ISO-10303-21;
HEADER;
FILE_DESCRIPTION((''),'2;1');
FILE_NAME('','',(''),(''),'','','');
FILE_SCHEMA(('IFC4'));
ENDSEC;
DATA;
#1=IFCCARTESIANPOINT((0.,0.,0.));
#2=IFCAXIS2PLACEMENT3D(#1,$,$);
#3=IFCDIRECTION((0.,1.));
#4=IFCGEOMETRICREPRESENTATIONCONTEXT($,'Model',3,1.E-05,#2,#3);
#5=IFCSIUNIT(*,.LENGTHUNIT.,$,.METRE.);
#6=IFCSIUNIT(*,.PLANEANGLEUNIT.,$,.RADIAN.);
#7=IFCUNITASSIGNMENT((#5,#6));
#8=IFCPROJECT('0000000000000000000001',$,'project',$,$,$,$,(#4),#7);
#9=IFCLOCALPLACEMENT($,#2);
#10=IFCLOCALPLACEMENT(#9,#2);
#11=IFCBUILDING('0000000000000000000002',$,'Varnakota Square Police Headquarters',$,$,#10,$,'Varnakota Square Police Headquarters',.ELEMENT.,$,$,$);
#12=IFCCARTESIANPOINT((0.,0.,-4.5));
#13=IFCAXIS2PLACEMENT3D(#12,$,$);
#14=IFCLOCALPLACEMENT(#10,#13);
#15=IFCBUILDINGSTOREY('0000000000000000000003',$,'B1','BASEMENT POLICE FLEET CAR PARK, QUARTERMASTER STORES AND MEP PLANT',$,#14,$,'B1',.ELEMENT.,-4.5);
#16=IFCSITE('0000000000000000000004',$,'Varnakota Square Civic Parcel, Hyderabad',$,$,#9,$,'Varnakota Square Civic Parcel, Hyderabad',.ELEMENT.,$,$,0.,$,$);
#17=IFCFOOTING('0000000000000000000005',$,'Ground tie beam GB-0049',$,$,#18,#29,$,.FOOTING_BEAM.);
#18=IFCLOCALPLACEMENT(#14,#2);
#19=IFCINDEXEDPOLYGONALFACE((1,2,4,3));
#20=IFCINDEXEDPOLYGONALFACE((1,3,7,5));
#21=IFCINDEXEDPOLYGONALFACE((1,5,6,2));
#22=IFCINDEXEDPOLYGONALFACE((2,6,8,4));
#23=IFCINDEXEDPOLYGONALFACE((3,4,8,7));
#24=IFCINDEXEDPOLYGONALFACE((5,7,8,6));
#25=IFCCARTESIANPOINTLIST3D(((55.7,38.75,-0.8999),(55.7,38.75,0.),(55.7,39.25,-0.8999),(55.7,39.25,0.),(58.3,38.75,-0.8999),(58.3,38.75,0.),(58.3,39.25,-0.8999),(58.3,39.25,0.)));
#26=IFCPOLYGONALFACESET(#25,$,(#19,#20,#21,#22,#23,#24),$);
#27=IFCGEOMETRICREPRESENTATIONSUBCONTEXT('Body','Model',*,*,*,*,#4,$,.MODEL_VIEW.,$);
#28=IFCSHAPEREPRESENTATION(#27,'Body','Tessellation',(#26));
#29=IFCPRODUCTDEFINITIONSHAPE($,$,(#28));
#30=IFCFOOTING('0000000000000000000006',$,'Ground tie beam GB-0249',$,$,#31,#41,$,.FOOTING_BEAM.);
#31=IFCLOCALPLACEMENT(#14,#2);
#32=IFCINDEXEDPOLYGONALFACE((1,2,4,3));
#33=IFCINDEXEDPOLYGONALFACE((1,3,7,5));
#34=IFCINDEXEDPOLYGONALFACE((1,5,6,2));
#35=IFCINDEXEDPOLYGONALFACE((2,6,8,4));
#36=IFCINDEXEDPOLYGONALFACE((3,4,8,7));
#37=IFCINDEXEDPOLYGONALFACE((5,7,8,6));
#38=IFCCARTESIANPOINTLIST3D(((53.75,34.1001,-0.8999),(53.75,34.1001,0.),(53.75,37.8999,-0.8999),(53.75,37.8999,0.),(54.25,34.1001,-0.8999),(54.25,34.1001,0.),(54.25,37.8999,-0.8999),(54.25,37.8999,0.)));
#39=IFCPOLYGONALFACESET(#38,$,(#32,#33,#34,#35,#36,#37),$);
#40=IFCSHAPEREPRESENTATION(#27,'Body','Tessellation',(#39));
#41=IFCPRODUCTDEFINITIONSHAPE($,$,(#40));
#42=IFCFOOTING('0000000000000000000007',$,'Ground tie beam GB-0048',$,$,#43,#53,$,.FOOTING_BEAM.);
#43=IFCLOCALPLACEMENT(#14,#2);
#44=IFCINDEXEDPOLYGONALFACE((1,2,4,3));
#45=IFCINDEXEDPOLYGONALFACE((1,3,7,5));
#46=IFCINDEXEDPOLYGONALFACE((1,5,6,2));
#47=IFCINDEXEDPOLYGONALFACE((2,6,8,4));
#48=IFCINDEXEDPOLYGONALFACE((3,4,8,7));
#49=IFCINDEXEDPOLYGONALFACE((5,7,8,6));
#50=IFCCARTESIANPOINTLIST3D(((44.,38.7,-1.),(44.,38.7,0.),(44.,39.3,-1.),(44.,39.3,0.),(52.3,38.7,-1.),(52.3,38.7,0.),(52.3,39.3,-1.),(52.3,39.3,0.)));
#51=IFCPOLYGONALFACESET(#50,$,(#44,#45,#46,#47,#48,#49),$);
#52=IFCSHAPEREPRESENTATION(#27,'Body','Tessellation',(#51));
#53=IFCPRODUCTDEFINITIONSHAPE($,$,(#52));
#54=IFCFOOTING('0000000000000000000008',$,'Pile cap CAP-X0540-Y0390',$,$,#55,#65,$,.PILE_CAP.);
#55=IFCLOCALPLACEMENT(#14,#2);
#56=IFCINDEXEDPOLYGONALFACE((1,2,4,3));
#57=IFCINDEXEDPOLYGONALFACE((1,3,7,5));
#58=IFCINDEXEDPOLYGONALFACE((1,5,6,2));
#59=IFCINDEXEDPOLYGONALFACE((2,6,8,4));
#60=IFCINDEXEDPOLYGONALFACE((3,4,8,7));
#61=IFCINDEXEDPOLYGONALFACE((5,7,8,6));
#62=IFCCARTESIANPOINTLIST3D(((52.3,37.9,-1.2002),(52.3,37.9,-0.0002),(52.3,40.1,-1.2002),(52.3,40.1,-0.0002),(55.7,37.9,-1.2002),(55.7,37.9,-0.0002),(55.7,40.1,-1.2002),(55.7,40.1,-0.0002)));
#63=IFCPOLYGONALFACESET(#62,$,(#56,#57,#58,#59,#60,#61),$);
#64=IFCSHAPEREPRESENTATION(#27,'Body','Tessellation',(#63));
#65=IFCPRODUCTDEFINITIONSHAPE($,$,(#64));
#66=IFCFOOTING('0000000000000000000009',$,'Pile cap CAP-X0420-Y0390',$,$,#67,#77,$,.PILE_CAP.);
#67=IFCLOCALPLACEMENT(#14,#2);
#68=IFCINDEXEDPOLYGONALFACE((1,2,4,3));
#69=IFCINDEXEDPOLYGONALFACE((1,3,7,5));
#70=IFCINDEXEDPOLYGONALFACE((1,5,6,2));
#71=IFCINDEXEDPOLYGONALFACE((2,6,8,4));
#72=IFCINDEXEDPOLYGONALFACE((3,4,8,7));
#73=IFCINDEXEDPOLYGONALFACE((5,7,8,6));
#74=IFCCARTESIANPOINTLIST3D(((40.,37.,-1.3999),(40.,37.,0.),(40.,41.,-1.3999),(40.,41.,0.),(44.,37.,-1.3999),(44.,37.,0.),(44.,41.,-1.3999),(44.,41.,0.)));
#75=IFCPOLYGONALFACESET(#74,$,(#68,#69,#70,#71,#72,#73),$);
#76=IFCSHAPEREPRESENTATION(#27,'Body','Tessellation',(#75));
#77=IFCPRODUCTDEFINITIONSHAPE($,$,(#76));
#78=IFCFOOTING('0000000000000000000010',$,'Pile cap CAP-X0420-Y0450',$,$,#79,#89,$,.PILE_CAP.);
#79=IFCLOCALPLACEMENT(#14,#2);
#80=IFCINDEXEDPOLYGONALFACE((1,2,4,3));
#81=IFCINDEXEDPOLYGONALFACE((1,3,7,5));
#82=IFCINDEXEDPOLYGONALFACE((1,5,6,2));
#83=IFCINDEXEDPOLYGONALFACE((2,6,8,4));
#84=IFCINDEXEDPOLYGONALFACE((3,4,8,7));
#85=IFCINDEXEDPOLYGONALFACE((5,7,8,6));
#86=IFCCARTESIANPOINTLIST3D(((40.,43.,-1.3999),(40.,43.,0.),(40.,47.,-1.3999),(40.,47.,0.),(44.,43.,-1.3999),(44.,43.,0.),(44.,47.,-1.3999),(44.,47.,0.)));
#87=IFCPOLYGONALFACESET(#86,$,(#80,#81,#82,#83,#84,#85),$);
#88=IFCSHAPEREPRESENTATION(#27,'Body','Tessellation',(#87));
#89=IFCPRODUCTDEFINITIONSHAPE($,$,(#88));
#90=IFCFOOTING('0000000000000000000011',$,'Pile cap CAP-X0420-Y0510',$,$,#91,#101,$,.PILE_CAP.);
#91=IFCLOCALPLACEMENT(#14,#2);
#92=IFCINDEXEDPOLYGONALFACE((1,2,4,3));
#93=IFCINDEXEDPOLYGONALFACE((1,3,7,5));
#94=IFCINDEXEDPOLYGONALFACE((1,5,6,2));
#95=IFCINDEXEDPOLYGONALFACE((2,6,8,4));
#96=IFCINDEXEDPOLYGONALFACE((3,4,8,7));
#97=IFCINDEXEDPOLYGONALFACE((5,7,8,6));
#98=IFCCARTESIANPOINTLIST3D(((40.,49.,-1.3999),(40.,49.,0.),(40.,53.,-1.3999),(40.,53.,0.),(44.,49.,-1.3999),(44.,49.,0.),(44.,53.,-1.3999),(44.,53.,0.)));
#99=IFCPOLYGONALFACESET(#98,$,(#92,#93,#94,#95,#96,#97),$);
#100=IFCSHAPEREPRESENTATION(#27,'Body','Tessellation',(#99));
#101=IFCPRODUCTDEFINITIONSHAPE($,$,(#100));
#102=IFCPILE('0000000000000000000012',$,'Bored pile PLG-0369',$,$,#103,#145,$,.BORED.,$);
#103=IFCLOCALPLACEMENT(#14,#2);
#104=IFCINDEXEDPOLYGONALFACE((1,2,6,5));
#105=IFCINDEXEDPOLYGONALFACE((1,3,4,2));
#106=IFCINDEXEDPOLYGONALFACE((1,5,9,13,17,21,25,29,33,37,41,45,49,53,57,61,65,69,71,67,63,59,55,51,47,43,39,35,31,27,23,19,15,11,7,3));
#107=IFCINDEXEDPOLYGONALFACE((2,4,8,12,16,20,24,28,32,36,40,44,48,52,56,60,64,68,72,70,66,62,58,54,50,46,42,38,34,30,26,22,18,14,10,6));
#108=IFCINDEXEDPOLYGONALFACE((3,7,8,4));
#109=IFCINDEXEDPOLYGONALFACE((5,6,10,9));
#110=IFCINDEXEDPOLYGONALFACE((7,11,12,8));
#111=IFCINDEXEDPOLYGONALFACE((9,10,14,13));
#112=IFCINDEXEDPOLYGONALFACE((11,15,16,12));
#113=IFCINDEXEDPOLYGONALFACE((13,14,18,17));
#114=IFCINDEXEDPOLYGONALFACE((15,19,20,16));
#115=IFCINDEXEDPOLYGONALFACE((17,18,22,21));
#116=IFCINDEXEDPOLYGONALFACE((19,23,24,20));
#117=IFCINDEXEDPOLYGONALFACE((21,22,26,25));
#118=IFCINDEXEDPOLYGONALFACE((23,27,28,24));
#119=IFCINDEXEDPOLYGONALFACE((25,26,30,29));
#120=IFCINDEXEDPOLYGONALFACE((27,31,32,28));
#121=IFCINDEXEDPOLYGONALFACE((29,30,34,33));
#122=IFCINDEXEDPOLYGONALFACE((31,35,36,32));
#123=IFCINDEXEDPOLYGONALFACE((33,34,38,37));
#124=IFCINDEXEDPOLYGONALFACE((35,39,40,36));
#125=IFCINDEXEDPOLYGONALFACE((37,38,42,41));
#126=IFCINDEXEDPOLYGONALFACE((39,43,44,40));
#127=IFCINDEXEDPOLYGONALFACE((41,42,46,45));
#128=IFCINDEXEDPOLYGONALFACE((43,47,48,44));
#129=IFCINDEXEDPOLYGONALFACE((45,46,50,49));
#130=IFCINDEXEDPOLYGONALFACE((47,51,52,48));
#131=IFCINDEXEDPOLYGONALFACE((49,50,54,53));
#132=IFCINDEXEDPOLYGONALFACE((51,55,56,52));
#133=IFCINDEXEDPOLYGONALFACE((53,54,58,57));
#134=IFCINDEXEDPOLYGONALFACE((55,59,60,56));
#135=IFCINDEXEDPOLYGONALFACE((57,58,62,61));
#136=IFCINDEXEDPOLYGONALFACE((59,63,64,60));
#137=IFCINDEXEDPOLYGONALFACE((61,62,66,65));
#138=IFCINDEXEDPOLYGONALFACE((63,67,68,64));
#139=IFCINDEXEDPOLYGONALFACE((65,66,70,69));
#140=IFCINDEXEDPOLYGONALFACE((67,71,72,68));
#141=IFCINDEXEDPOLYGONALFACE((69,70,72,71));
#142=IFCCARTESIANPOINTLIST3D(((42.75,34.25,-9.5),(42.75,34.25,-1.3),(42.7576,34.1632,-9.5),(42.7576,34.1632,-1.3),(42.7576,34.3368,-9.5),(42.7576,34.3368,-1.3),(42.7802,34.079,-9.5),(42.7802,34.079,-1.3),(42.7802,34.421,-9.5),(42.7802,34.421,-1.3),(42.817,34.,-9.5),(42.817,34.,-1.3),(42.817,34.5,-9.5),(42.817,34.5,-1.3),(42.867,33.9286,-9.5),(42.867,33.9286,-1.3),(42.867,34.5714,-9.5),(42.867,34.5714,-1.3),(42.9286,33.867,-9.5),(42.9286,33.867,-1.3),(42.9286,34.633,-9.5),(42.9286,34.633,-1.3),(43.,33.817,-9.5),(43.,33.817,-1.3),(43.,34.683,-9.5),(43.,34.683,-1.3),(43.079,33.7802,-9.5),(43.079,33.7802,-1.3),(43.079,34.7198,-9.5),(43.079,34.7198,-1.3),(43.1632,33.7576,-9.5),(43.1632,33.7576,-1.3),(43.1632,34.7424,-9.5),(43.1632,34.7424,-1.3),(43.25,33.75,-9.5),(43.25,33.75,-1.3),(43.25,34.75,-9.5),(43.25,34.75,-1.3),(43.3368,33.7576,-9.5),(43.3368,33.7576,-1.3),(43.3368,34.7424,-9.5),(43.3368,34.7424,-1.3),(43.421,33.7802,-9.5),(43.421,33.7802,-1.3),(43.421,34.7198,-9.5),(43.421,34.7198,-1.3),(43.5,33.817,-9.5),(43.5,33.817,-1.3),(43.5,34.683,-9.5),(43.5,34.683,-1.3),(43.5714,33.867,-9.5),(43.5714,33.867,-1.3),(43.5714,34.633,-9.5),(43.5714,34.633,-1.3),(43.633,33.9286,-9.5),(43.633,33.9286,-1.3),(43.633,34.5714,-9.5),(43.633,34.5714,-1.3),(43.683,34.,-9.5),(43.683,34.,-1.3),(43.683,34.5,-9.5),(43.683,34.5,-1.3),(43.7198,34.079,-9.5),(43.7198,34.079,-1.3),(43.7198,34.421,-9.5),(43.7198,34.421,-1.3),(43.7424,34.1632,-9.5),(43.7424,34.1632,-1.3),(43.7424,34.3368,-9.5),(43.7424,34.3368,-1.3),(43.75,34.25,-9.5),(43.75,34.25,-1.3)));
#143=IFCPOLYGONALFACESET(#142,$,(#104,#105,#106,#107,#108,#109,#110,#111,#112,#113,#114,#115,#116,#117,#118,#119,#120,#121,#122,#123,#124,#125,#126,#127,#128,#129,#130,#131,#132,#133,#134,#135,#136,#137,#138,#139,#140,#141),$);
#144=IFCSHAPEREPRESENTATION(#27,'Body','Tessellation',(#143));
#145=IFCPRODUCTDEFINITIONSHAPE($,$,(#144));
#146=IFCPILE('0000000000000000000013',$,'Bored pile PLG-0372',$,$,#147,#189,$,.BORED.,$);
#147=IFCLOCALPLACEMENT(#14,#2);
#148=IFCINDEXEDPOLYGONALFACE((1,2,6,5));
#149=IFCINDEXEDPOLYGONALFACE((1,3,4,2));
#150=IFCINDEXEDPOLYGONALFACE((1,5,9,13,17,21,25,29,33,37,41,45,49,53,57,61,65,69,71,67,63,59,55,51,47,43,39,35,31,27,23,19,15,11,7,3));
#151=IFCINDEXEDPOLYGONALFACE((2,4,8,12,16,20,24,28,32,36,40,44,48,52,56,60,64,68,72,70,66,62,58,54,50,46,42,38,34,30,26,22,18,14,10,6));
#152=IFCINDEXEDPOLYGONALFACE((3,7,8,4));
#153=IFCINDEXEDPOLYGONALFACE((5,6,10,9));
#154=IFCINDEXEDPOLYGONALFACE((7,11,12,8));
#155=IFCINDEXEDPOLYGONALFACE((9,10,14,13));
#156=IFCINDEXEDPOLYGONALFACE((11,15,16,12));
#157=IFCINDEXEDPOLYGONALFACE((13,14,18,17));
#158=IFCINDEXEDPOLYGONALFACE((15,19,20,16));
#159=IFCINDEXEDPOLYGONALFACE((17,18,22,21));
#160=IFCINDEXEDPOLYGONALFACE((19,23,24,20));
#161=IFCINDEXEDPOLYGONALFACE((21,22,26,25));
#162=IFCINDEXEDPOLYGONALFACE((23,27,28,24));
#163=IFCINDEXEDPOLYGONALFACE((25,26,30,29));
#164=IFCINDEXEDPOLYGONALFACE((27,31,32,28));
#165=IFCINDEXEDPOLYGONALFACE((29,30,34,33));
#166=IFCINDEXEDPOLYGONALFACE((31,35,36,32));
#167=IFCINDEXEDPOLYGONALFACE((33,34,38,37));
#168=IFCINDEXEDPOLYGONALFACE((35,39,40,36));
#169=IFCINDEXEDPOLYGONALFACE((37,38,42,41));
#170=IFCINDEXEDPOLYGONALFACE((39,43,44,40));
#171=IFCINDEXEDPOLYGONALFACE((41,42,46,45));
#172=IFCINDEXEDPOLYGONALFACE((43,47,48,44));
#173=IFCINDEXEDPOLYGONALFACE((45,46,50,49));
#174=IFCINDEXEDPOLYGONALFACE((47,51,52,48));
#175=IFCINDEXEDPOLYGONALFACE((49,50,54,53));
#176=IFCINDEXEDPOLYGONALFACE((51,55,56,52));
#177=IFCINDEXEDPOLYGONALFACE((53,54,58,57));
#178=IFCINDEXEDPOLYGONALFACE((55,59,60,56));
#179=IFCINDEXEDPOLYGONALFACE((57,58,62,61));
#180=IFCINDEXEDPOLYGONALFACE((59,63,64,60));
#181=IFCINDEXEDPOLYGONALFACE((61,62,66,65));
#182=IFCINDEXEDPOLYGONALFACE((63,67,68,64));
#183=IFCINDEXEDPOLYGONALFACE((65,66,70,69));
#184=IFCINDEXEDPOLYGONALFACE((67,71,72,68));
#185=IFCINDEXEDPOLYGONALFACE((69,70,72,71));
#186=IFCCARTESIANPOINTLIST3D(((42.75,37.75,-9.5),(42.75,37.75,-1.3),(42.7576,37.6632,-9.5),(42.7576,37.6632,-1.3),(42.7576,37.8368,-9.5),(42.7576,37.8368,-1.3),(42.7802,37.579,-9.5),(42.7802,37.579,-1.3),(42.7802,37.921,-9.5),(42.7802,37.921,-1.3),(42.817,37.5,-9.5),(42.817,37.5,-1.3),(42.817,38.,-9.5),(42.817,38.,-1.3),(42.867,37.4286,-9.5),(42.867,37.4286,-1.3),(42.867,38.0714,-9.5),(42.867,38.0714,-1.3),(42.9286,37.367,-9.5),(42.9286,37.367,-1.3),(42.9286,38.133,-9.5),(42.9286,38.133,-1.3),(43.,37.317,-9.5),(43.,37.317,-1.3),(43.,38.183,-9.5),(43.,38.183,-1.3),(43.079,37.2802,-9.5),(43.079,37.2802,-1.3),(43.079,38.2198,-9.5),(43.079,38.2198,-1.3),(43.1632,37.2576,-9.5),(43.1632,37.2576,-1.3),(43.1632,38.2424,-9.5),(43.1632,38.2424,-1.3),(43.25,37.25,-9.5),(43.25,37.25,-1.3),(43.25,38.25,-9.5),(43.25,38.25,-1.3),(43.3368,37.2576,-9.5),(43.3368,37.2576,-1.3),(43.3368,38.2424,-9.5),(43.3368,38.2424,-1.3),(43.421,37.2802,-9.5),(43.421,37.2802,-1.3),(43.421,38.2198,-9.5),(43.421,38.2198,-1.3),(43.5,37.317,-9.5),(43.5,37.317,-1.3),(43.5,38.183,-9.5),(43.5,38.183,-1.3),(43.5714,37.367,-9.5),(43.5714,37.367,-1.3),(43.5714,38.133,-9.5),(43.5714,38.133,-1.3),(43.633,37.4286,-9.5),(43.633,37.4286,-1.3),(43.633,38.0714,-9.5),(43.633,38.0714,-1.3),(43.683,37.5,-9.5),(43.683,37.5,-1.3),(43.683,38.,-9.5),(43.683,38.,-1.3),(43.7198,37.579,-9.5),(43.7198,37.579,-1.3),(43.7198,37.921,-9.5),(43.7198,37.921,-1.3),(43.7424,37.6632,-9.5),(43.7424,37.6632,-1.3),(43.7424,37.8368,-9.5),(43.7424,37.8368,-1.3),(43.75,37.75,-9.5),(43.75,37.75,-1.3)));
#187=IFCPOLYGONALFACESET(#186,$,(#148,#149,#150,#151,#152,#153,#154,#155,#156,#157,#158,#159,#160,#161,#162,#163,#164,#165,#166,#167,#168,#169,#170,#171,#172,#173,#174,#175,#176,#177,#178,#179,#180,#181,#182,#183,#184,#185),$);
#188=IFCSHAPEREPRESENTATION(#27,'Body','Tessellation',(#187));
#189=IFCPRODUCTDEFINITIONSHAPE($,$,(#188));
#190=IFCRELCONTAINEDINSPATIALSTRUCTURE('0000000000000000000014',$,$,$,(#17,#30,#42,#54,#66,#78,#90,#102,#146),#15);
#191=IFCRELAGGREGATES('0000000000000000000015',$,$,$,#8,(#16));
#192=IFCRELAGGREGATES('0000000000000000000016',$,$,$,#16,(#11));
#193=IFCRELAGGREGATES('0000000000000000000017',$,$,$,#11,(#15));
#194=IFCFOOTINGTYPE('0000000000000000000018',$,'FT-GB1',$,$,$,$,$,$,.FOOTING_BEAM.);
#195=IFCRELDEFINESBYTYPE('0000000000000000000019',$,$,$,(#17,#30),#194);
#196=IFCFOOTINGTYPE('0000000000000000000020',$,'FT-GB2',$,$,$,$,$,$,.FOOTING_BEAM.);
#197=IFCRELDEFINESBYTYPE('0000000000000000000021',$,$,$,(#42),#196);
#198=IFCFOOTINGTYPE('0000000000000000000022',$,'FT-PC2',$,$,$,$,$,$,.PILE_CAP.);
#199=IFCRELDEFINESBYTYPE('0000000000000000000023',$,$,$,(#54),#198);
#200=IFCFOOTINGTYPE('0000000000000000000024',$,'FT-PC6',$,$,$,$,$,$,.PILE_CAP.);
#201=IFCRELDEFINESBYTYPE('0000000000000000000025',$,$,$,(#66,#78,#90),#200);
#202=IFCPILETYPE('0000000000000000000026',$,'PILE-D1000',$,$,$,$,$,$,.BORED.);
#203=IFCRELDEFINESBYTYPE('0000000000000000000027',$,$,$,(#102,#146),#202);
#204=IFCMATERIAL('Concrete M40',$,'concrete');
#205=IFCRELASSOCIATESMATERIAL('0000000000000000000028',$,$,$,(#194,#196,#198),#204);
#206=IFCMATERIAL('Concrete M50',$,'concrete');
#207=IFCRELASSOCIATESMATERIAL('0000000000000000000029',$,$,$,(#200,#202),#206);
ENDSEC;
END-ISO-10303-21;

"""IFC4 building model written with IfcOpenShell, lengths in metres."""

from ifc_helpers import new_model, si_unit, direction, frame, origin, origin_2d, place, context, subcontext, project, spatial, rectangle, circle, extrude, material, material_profile, profile_set, type_object, element, save


model = new_model("IFC4")

# Units and contexts
model_context = context("Model", 3, precision=1e-05, world=origin(), true_north=direction((0.0, 1.0)))
body_context = subcontext(model_context, "Body", "Model", "MODEL_VIEW")
ifc_project = project(units=[si_unit("LENGTHUNIT", "METRE"), si_unit("PLANEANGLEUNIT", "RADIAN")], contexts=[model_context])

# Site, building, storey
site_placement = place(None, origin())
site = spatial("IfcSite", under=ifc_project, at=site_placement, Name="Varnakota Square Civic Parcel, Hyderabad", LongName="Varnakota Square Civic Parcel, Hyderabad", CompositionType="ELEMENT", RefElevation=0.0)
building_placement = place(site_placement, origin())
building = spatial("IfcBuilding", under=site, at=building_placement, Name="Varnakota Square Police Headquarters", LongName="Varnakota Square Police Headquarters", CompositionType="ELEMENT")
storey_placement = place(building_placement, frame((0.0, 0.0, -4.5)))
storey = spatial("IfcBuildingStorey", under=building, at=storey_placement, Name="B1", Description="BASEMENT POLICE FLEET CAR PARK, QUARTERMASTER STORES AND MEP PLANT", LongName="B1", CompositionType="ELEMENT", Elevation=-4.5)

# Footings
ifc_material_1 = material(Name="Concrete M40", Category="concrete")
ifc_material_profile_1 = material_profile(ifc_material_1, rectangle(XDim=0.5, YDim=0.8999, at=origin_2d()), Name="GB 500x900")
ifc_profile_set_1 = profile_set([ifc_material_profile_1], Name="Concrete M40")
footing_type_1 = type_object("IfcFootingType", Name="FT-GB1", PredefinedType="FOOTING_BEAM", material=ifc_profile_set_1)
footing_1_placement = place(storey_placement, frame((55.7, 39.0, -0.45), z_axis=(1.0, 0.0, 0.0), x_axis=(0.0, 1.0, 0.0)))
element("IfcFooting", 1, at=footing_1_placement, inside=storey, type_object=footing_type_1, Name="Ground tie beam GB-0049", PredefinedType="FOOTING_BEAM", context=body_context, shape_type="SweptSolid", body=[
    extrude(rectangle(XDim=0.5, YDim=0.8999, at=origin_2d()), origin(), (0.0, 0.0, 1.0), 2.6001),
])
footing_2_placement = place(storey_placement, frame((54.0, 34.1001, -0.45), z_axis=(0.0, 1.0, 0.0), x_axis=(-1.0, 0.0, 0.0)))
element("IfcFooting", 2, at=footing_2_placement, inside=storey, type_object=footing_type_1, Name="Ground tie beam GB-0249", PredefinedType="FOOTING_BEAM", context=body_context, shape_type="SweptSolid", body=[
    extrude(rectangle(XDim=0.5, YDim=0.8999, at=origin_2d()), origin(), (0.0, 0.0, 1.0), 3.7998),
])
ifc_material_profile_2 = material_profile(ifc_material_1, rectangle(XDim=0.6001, YDim=1.0, at=origin_2d()), Name="GB 600x1000")
ifc_profile_set_2 = profile_set([ifc_material_profile_2], Name="Concrete M40")
footing_type_2 = type_object("IfcFootingType", Name="FT-GB2", PredefinedType="FOOTING_BEAM", material=ifc_profile_set_2)
footing_3_placement = place(storey_placement, frame((44.0, 39.0, -0.5), z_axis=(1.0, 0.0, 0.0), x_axis=(0.0, 1.0, 0.0)))
element("IfcFooting", 3, at=footing_3_placement, inside=storey, type_object=footing_type_2, Name="Ground tie beam GB-0048", PredefinedType="FOOTING_BEAM", context=body_context, shape_type="SweptSolid", body=[
    extrude(rectangle(XDim=0.6001, YDim=1.0, at=origin_2d()), origin(), (0.0, 0.0, 1.0), 8.3),
])
footing_type_3 = type_object("IfcFootingType", Name="FT-PC2", PredefinedType="PILE_CAP", material=ifc_material_1)
footing_4_placement = place(storey_placement, frame((54.0, 39.0, -1.2002), z_axis=(0.0, 0.0, 1.0), x_axis=(1.0, 0.0, 0.0)))
element("IfcFooting", 4, at=footing_4_placement, inside=storey, type_object=footing_type_3, Name="Pile cap CAP-X0540-Y0390", PredefinedType="PILE_CAP", context=body_context, shape_type="SweptSolid", body=[
    extrude(rectangle(XDim=3.3999, YDim=2.2, at=origin_2d()), origin(), (0.0, 0.0, 1.0), 1.2),
])
ifc_material_2 = material(Name="Concrete M50", Category="concrete")
footing_type_4 = type_object("IfcFootingType", Name="FT-PC6", PredefinedType="PILE_CAP", material=ifc_material_2)
for number, where, z_axis, x_axis, name in (
    (5, (42.0, 39.0, -1.3999), (0.0, 0.0, 1.0), (1.0, 0.0, 0.0), "Pile cap CAP-X0420-Y0390"),
    (6, (42.0, 45.0, -1.3999), (0.0, 0.0, 1.0), (1.0, 0.0, 0.0), "Pile cap CAP-X0420-Y0450"),
    (7, (42.0, 51.0, -1.3999), (0.0, 0.0, 1.0), (1.0, 0.0, 0.0), "Pile cap CAP-X0420-Y0510"),
):
    element("IfcFooting", number, at=place(storey_placement, frame(where, z_axis=z_axis, x_axis=x_axis)), inside=storey, type_object=footing_type_4, Name=name, PredefinedType="PILE_CAP", context=body_context, shape_type="SweptSolid", body=[
        extrude(rectangle(XDim=4.0, YDim=4.0, at=origin_2d()), origin(), (0.0, 0.0, 1.0), 1.3999),
    ])

# Piles
ifc_material_profile_3 = material_profile(ifc_material_2, circle(Radius=0.5, at=origin_2d()), Name="BORED PILE 1000")
ifc_profile_set_3 = profile_set([ifc_material_profile_3], Name="Concrete M50")
pile_type_1 = type_object("IfcPileType", Name="PILE-D1000", PredefinedType="BORED", material=ifc_profile_set_3)
for number, where, z_axis, x_axis, name in (
    (8, (43.25, 34.25, -1.3), (0.0, 0.0, -1.0), (1.0, 0.0, 0.0), "Bored pile PLG-0369"),
    (9, (43.25, 37.75, -1.3), (0.0, 0.0, -1.0), (1.0, 0.0, 0.0), "Bored pile PLG-0372"),
):
    element("IfcPile", number, at=place(storey_placement, frame(where, z_axis=z_axis, x_axis=x_axis)), inside=storey, type_object=pile_type_1, Name=name, PredefinedType="BORED", context=body_context, shape_type="SweptSolid", body=[
        extrude(circle(Radius=0.5, at=origin_2d()), origin(), (0.0, 0.0, 1.0), 8.2),
    ])

save(model, "model.ifc")
